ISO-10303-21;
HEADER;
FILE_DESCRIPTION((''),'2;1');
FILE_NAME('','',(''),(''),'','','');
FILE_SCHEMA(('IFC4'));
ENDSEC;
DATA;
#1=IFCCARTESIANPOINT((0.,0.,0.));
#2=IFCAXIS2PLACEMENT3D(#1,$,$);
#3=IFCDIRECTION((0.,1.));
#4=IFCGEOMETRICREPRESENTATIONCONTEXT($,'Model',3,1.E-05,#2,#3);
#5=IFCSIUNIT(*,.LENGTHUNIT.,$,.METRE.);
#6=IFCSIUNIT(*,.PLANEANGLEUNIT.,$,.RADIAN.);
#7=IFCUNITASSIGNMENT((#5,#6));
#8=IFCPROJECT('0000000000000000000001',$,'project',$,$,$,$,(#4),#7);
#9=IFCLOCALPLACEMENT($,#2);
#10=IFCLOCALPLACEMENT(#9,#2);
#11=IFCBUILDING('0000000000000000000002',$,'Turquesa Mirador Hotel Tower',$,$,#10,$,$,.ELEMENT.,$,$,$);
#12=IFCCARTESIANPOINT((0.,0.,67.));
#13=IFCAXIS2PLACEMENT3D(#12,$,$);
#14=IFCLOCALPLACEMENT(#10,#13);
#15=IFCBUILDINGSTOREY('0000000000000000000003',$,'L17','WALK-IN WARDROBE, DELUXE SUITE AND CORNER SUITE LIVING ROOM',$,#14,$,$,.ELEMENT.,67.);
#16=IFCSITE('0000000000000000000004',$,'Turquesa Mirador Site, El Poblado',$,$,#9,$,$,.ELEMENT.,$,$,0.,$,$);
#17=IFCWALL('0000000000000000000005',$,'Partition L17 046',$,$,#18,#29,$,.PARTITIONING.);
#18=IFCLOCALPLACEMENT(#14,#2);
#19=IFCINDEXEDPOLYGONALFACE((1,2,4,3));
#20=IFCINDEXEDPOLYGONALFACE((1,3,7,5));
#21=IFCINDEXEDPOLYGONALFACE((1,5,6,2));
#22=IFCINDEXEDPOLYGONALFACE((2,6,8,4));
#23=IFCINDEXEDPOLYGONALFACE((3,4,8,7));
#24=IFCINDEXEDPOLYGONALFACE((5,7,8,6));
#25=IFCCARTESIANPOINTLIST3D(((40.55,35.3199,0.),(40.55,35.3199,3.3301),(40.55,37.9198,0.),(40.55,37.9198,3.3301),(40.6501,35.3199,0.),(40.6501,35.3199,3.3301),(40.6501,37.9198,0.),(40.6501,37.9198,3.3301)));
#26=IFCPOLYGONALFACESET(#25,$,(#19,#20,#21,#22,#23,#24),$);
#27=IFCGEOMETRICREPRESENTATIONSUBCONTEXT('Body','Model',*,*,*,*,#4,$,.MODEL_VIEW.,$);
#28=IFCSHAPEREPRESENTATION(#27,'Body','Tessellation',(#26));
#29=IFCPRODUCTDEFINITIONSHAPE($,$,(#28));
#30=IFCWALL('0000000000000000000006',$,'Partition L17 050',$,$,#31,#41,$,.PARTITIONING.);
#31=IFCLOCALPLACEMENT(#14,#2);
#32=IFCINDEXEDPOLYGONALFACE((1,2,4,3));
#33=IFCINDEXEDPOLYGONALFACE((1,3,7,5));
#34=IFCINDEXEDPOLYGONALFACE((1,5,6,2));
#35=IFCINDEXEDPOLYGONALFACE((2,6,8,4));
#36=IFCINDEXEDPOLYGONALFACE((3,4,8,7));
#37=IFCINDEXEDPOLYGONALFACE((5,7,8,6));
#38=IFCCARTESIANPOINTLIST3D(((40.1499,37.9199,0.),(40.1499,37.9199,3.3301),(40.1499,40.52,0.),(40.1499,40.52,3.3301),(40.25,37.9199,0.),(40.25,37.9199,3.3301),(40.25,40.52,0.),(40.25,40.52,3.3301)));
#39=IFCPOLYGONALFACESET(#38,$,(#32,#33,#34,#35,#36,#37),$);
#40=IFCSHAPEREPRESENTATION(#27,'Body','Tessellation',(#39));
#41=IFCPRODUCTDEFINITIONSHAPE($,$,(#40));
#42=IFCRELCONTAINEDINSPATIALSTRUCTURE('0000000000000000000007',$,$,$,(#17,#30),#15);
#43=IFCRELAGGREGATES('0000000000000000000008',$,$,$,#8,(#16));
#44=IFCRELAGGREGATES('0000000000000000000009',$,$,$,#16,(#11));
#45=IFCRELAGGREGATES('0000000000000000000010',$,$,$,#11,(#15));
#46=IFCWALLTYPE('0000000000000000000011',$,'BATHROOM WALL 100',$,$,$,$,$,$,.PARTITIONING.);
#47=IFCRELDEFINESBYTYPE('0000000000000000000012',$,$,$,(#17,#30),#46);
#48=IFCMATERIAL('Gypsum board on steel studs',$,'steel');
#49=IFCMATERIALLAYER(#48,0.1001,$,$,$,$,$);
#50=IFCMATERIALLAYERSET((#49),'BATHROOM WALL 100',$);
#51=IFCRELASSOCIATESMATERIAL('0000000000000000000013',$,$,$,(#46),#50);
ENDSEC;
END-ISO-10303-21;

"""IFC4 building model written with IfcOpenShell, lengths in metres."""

from ifc_helpers import new_model, si_unit, direction, frame, frame_2d, origin, place, context, subcontext, project, spatial, rectangle, extrude, material, layer, layer_set, type_object, element, save


model = new_model("IFC4")

# Units and contexts
model_context = context("Model", 3, precision=1e-05, world=origin(), true_north=direction((0.0, 1.0)))
body_context = subcontext(model_context, "Body", "Model", "MODEL_VIEW")
ifc_project = project(units=[si_unit("LENGTHUNIT", "METRE"), si_unit("PLANEANGLEUNIT", "RADIAN")], contexts=[model_context])

# Site, building, storey
site_placement = place(None, origin())
site = spatial("IfcSite", under=ifc_project, at=site_placement, Name="Turquesa Mirador Site, El Poblado", CompositionType="ELEMENT", RefElevation=0.0)
building_placement = place(site_placement, origin())
building = spatial("IfcBuilding", under=site, at=building_placement, Name="Turquesa Mirador Hotel Tower", CompositionType="ELEMENT")
storey_placement = place(building_placement, frame((0.0, 0.0, 67.0)))
storey = spatial("IfcBuildingStorey", under=building, at=storey_placement, Name="L17", Description="WALK-IN WARDROBE, DELUXE SUITE AND CORNER SUITE LIVING ROOM", CompositionType="ELEMENT", Elevation=67.0)

# Shared definitions
ifc_material_1 = material(Name="Gypsum board on steel studs", Category="steel")
ifc_layer = layer(ifc_material_1, 0.1001)
ifc_layer_set = layer_set([ifc_layer], Name="BATHROOM WALL 100")
wall_type = type_object("IfcWallType", Name="BATHROOM WALL 100", PredefinedType="PARTITIONING", material=ifc_layer_set)

# Walls
wall_1_placement = place(storey_placement, frame((40.6001, 35.3201, 0.0), z_axis=(0.0, 0.0, 1.0), x_axis=(0.0, 1.0, 0.0)))
element("IfcWall", 1, at=wall_1_placement, inside=storey, type_object=wall_type, Name="Partition L17 046", PredefinedType="PARTITIONING", context=body_context, shape_type="SweptSolid", body=[
    extrude(rectangle(XDim=2.5999, YDim=0.1001, at=frame_2d((1.2998, 0.0))), origin(), (0.0, 0.0, 1.0), 3.3301),
])
wall_2_placement = place(storey_placement, frame((40.2, 37.9199, 0.0), z_axis=(0.0, 0.0, 1.0), x_axis=(0.0, 1.0, 0.0)))
element("IfcWall", 2, at=wall_2_placement, inside=storey, type_object=wall_type, Name="Partition L17 050", PredefinedType="PARTITIONING", context=body_context, shape_type="SweptSolid", body=[
    extrude(rectangle(XDim=2.6001, YDim=0.1001, at=frame_2d((1.3, 0.0))), origin(), (0.0, 0.0, 1.0), 3.3301),
])

save(model, "model.ifc")
